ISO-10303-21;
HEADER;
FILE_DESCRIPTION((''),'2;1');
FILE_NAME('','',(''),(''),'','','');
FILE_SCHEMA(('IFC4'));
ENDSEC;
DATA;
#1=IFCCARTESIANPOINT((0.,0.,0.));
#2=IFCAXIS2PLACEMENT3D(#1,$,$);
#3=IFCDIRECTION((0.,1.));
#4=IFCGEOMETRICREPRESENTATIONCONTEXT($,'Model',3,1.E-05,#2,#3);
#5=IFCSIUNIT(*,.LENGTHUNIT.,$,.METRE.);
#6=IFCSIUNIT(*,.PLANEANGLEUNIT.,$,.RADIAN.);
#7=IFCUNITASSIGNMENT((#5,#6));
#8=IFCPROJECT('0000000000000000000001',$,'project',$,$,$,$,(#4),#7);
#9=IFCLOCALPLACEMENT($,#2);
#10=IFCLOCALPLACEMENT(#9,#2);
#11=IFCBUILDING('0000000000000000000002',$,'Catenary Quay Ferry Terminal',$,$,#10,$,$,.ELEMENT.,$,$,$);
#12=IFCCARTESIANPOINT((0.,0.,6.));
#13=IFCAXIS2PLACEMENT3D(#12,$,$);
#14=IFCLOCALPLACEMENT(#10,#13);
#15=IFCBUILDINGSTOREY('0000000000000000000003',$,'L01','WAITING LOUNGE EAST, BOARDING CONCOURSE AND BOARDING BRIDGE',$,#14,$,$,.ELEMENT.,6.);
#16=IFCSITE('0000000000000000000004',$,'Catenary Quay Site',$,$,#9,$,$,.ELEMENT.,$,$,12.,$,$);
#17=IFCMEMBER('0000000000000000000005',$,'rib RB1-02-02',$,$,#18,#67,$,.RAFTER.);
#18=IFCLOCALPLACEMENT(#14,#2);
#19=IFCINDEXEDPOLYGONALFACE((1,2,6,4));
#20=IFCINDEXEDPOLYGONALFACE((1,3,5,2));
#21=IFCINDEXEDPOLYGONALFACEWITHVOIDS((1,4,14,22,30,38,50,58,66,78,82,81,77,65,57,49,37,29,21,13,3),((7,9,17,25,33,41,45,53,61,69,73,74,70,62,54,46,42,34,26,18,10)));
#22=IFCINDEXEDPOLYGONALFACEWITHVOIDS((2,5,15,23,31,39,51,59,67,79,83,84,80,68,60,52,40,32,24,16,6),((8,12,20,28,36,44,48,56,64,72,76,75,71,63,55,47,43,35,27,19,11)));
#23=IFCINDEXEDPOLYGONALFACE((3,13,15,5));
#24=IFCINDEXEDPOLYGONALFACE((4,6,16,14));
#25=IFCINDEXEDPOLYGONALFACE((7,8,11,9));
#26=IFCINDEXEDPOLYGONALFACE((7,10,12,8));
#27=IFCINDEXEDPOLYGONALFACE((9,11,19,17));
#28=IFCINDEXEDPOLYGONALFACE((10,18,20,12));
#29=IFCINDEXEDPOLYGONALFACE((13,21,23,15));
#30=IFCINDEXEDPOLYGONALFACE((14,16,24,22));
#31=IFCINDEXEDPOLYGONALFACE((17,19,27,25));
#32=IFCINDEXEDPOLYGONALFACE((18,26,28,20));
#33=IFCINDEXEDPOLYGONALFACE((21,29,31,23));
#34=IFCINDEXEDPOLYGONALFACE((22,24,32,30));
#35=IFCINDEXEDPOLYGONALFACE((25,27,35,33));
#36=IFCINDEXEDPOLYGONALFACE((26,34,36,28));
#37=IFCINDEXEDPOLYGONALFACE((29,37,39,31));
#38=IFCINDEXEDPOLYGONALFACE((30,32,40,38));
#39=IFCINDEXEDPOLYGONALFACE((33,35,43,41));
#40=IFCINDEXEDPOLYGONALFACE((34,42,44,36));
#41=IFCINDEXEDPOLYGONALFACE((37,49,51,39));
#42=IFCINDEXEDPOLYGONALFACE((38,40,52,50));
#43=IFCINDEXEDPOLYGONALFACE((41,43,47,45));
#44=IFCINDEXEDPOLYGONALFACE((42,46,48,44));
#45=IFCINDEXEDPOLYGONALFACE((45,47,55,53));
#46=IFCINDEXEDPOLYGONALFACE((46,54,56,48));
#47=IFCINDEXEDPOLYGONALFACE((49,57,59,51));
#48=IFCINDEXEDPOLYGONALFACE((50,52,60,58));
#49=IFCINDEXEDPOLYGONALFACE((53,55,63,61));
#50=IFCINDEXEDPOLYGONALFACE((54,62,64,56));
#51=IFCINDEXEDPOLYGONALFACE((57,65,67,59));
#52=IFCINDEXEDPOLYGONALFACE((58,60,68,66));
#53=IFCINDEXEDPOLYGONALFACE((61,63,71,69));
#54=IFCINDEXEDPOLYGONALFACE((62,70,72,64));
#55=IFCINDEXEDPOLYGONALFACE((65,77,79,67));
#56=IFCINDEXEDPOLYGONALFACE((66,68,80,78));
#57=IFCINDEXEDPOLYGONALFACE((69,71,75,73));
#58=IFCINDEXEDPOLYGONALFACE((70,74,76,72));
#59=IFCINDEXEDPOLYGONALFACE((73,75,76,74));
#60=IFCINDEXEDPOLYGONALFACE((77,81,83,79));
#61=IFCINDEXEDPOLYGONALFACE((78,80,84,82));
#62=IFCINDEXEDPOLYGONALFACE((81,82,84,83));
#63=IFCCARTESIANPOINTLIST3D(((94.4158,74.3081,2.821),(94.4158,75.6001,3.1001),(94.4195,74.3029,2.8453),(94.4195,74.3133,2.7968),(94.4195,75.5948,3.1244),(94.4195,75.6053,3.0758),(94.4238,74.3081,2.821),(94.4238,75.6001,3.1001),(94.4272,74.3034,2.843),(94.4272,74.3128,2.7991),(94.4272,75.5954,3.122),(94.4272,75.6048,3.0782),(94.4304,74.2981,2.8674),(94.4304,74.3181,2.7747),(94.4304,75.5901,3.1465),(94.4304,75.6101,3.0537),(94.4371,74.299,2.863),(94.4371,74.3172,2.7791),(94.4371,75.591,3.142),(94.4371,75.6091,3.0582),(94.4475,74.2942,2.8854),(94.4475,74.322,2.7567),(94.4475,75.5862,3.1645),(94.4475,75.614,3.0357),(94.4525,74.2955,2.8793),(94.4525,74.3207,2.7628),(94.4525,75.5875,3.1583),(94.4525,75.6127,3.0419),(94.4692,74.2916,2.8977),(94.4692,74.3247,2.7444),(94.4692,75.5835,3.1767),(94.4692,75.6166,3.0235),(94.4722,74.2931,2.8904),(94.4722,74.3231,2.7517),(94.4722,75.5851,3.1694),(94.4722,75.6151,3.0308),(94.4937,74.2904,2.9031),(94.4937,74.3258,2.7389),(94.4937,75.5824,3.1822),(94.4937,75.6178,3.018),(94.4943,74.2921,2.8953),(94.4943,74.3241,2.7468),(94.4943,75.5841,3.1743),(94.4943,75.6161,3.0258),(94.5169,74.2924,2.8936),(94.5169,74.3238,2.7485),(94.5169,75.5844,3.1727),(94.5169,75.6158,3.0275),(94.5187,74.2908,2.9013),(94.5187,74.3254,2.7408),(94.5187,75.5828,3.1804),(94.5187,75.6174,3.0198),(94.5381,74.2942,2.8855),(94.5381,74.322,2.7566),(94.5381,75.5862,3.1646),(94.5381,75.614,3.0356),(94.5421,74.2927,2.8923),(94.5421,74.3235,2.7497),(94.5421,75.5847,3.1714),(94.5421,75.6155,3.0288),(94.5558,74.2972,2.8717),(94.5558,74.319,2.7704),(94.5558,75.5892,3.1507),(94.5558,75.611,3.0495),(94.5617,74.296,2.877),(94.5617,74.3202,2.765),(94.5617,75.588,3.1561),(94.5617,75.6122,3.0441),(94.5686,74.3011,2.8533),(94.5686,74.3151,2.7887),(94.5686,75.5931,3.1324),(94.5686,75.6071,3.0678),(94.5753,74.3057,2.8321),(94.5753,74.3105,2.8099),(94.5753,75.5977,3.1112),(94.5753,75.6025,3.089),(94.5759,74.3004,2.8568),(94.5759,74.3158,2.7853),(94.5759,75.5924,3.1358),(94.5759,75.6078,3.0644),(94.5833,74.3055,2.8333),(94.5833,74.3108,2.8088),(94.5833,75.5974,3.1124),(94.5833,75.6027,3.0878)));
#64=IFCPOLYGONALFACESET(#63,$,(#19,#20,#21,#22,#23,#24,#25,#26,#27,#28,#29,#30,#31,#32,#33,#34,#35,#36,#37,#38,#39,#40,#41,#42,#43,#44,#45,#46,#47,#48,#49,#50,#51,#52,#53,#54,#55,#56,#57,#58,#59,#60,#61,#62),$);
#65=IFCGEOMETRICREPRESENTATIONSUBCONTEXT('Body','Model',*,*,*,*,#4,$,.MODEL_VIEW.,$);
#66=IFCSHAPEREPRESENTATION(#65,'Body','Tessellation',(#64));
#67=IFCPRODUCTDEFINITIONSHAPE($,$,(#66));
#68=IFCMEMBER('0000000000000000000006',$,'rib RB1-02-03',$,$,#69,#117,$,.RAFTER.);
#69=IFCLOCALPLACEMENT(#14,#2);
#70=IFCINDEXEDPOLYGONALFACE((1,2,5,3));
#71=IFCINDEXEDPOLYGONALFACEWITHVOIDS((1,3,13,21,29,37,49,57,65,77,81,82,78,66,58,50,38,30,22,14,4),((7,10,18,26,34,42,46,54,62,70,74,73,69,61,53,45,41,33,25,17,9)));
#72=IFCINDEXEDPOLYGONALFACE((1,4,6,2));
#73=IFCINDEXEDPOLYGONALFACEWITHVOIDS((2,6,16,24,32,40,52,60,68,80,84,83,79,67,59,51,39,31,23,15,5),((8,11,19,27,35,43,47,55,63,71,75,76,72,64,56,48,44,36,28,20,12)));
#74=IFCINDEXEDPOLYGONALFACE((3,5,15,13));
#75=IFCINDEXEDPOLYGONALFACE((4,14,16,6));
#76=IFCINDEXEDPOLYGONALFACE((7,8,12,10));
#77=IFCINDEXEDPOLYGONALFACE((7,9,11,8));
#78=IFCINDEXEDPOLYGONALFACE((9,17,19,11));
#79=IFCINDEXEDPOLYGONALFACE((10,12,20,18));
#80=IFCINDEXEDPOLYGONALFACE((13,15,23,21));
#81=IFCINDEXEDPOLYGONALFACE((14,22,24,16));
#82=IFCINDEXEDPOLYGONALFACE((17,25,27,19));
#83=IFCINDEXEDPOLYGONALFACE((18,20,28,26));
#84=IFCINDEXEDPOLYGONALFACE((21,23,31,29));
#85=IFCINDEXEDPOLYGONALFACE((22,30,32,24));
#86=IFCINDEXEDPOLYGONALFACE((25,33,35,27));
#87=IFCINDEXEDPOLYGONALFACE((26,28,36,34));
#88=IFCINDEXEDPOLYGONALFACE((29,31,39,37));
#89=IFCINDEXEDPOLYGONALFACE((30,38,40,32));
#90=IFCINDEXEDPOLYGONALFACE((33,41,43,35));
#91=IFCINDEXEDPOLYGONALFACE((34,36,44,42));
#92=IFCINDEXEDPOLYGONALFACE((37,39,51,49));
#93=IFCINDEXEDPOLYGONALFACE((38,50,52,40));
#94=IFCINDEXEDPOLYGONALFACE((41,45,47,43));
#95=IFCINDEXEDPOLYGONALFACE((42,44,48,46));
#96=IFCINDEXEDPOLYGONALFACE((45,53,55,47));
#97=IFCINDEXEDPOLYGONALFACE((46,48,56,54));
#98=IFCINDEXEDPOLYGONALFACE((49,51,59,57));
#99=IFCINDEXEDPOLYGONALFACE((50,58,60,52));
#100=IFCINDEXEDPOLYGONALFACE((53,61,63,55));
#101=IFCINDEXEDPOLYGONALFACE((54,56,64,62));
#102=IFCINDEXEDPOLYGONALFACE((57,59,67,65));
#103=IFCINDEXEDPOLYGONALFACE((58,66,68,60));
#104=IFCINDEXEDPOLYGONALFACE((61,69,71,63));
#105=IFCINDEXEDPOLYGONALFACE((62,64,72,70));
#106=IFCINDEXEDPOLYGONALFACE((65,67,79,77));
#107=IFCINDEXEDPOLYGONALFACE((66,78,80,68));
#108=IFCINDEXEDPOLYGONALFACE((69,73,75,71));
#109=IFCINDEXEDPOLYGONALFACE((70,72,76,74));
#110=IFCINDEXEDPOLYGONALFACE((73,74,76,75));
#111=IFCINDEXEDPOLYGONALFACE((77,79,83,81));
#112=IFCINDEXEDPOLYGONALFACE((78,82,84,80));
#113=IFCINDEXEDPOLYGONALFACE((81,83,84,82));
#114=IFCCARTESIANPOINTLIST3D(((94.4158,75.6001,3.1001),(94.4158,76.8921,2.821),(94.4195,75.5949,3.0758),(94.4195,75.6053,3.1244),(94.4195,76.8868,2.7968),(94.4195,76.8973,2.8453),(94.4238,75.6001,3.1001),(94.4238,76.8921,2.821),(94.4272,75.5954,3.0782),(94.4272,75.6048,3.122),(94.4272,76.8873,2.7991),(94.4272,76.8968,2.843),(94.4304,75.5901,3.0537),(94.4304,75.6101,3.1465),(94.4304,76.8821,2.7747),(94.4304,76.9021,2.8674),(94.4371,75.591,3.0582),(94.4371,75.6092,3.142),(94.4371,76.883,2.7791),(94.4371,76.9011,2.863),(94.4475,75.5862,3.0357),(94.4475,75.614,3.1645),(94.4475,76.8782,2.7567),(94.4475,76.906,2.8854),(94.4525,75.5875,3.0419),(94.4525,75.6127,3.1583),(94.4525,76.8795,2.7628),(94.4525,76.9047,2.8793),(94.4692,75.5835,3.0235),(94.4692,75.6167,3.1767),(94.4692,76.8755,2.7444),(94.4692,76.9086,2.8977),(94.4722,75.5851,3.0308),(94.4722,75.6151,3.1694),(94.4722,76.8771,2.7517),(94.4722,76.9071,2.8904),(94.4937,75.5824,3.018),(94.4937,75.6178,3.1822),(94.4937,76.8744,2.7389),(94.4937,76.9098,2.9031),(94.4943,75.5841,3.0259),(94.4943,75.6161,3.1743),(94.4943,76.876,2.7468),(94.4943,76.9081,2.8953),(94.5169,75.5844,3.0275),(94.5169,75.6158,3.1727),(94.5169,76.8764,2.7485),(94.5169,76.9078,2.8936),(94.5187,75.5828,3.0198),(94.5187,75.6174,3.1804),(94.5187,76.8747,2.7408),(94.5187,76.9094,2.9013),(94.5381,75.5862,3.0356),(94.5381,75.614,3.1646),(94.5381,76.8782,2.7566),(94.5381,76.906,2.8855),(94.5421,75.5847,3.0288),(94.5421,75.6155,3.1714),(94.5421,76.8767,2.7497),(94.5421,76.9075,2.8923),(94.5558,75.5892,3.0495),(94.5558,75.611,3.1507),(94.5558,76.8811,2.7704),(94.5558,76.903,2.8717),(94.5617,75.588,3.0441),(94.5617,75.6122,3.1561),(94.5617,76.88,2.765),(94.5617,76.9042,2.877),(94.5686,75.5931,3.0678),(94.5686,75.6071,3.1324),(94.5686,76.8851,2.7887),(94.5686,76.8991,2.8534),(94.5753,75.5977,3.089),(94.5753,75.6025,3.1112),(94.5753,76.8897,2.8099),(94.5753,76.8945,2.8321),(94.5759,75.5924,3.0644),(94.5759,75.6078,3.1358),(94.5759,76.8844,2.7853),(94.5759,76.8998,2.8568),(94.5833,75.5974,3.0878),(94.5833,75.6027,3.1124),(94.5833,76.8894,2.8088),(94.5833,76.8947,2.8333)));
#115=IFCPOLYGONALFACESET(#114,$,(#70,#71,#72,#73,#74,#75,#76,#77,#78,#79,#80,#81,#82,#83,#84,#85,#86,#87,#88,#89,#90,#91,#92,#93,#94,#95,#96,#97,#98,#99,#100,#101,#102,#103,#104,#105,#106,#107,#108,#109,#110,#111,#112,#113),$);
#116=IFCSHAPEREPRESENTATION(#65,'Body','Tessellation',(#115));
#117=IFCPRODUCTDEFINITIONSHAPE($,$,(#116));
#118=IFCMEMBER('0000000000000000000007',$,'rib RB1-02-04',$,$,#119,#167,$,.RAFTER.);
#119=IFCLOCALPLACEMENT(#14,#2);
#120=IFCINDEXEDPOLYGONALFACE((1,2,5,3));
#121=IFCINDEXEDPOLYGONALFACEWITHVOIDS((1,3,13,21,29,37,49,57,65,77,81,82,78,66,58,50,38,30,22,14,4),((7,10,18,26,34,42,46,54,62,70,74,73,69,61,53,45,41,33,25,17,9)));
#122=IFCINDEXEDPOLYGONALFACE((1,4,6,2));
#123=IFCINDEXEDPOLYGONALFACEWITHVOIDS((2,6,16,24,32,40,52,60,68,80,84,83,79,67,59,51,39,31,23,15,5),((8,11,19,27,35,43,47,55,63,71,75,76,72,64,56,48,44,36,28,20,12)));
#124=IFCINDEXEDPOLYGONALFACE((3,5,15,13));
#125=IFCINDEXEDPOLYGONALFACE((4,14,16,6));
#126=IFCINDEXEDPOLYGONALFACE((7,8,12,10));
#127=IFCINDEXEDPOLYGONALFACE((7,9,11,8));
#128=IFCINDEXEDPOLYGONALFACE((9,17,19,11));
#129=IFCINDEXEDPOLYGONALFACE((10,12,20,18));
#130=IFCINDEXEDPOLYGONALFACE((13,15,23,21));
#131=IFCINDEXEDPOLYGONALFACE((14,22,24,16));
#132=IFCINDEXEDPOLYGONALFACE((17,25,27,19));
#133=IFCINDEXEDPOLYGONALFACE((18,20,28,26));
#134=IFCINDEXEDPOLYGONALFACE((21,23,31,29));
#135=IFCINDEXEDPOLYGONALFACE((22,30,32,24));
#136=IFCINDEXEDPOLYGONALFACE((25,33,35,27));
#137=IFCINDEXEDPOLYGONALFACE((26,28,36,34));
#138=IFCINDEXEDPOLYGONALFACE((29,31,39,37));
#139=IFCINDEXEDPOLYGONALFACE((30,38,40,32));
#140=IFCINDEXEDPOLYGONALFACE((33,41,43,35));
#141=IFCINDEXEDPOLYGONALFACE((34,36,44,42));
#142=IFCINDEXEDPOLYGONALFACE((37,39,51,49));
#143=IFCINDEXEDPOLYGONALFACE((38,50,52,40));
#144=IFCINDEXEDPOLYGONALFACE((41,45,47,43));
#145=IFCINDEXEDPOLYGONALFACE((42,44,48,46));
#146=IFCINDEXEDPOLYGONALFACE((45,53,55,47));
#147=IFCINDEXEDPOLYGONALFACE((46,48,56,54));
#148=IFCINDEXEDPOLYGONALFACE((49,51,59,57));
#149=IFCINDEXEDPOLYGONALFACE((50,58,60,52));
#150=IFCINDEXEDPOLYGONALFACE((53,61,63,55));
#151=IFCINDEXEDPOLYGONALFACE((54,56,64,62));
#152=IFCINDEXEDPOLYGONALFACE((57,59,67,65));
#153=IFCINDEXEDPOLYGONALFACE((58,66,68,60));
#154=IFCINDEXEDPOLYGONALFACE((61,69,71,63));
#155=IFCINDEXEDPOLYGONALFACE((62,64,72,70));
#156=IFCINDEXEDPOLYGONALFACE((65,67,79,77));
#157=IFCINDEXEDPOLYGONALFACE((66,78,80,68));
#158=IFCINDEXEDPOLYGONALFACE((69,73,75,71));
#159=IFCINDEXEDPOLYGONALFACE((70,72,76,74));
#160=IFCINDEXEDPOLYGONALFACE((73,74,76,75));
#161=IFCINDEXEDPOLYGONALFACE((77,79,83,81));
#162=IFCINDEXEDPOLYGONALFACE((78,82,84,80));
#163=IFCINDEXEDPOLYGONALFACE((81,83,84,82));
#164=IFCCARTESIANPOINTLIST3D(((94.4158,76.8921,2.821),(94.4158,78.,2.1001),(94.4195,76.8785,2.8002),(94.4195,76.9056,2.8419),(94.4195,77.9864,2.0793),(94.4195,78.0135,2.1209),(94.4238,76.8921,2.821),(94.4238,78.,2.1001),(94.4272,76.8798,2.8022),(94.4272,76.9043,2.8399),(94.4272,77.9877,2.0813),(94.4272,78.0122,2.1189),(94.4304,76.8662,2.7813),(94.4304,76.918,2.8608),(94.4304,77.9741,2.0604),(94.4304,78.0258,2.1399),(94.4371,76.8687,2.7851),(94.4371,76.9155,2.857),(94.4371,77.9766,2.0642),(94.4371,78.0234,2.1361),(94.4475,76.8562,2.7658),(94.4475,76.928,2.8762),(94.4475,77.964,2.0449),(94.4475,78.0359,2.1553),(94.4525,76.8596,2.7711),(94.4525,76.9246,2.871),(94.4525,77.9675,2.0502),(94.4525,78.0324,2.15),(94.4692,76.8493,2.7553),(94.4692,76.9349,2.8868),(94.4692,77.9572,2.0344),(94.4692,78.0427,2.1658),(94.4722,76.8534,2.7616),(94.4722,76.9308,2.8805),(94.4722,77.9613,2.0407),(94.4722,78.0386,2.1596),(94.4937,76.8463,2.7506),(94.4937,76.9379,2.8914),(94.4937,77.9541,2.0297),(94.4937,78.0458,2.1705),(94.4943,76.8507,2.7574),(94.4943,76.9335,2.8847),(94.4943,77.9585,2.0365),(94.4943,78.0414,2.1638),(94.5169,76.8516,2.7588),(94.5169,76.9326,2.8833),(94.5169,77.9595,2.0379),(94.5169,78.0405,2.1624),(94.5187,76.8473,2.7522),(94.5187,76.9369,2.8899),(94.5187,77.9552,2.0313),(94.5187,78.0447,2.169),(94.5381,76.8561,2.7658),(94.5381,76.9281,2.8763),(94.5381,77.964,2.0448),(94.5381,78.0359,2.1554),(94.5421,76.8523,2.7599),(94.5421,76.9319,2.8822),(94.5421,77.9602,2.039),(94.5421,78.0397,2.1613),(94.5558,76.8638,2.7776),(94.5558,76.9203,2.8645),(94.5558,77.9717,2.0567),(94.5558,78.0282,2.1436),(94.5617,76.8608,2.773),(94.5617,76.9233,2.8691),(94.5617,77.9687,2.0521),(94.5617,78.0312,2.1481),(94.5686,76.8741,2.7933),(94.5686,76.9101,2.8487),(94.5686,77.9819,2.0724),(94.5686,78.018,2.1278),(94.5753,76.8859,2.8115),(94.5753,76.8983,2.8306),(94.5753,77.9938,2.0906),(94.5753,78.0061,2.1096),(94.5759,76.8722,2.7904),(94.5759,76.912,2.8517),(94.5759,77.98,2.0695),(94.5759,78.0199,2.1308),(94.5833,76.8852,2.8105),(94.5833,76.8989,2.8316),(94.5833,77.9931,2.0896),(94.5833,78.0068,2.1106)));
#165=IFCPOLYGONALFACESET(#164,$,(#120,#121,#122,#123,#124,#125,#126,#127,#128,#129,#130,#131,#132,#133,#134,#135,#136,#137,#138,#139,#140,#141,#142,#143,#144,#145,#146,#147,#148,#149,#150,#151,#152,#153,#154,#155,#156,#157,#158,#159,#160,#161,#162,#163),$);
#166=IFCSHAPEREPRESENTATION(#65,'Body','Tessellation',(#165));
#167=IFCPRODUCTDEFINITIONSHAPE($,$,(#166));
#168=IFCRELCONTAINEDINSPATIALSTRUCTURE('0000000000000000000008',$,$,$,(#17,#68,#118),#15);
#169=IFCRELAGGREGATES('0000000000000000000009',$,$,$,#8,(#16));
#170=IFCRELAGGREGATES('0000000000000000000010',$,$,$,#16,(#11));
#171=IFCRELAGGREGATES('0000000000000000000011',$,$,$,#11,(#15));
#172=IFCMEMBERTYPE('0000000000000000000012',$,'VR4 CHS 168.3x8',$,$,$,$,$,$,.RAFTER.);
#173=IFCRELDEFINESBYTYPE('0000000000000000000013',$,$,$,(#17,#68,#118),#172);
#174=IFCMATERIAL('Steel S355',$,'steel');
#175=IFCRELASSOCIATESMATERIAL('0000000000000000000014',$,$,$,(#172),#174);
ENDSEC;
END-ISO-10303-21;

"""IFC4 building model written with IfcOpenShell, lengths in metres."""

from ifc_helpers import new_model, si_unit, direction, frame, origin, origin_2d, place, context, subcontext, project, spatial, hollow_circle, extrude, material, material_profile, profile_set, type_object, element, save


model = new_model("IFC4")

# Units and contexts
model_context = context("Model", 3, precision=1e-05, world=origin(), true_north=direction((0.0, 1.0)))
body_context = subcontext(model_context, "Body", "Model", "MODEL_VIEW")
ifc_project = project(units=[si_unit("LENGTHUNIT", "METRE"), si_unit("PLANEANGLEUNIT", "RADIAN")], contexts=[model_context])

# Site, building, storey
site_placement = place(None, origin())
site = spatial("IfcSite", under=ifc_project, at=site_placement, Name="Catenary Quay Site", CompositionType="ELEMENT", RefElevation=12.0)
building_placement = place(site_placement, origin())
building = spatial("IfcBuilding", under=site, at=building_placement, Name="Catenary Quay Ferry Terminal", CompositionType="ELEMENT")
storey_placement = place(building_placement, frame((0.0, 0.0, 6.0)))
storey = spatial("IfcBuildingStorey", under=building, at=storey_placement, Name="L01", Description="WAITING LOUNGE EAST, BOARDING CONCOURSE AND BOARDING BRIDGE", CompositionType="ELEMENT", Elevation=6.0)

# Members
ifc_material_1 = material(Name="Steel S355", Category="steel")
ifc_material_profile_1 = material_profile(ifc_material_1, hollow_circle(Radius=0.0842, WallThickness=0.0081, at=origin_2d()), Name="CHS 168.3x8")
ifc_profile_set_1 = profile_set([ifc_material_profile_1], Name="Steel S355")
member_type_1 = type_object("IfcMemberType", Name="VR4 CHS 168.3x8", PredefinedType="RAFTER", material=ifc_profile_set_1)
for number, where, z_axis, x_axis, name in (
    (1, (94.5, 74.3081, 2.821), (0.0, 0.977461, 0.211118), (-1.0, 0.0, 0.0), "rib RB1-02-02"),
    (2, (94.5, 75.6001, 3.1001), (0.0, 0.977461, -0.211118), (-1.0, 0.0, 0.0), "rib RB1-02-03"),
    (3, (94.5, 76.8921, 2.821), (0.0, 0.838165, -0.545417), (-1.0, 0.0, 0.0), "rib RB1-02-04"),
):
    element("IfcMember", number, at=place(storey_placement, frame(where, z_axis=z_axis, x_axis=x_axis)), inside=storey, type_object=member_type_1, Name=name, PredefinedType="RAFTER", context=body_context, shape_type="SweptSolid", body=[
        extrude(hollow_circle(Radius=0.0842, WallThickness=0.0081, at=origin_2d()), origin(), (0.0, 0.0, 1.0), 1.3218),
    ])

save(model, "model.ifc")
